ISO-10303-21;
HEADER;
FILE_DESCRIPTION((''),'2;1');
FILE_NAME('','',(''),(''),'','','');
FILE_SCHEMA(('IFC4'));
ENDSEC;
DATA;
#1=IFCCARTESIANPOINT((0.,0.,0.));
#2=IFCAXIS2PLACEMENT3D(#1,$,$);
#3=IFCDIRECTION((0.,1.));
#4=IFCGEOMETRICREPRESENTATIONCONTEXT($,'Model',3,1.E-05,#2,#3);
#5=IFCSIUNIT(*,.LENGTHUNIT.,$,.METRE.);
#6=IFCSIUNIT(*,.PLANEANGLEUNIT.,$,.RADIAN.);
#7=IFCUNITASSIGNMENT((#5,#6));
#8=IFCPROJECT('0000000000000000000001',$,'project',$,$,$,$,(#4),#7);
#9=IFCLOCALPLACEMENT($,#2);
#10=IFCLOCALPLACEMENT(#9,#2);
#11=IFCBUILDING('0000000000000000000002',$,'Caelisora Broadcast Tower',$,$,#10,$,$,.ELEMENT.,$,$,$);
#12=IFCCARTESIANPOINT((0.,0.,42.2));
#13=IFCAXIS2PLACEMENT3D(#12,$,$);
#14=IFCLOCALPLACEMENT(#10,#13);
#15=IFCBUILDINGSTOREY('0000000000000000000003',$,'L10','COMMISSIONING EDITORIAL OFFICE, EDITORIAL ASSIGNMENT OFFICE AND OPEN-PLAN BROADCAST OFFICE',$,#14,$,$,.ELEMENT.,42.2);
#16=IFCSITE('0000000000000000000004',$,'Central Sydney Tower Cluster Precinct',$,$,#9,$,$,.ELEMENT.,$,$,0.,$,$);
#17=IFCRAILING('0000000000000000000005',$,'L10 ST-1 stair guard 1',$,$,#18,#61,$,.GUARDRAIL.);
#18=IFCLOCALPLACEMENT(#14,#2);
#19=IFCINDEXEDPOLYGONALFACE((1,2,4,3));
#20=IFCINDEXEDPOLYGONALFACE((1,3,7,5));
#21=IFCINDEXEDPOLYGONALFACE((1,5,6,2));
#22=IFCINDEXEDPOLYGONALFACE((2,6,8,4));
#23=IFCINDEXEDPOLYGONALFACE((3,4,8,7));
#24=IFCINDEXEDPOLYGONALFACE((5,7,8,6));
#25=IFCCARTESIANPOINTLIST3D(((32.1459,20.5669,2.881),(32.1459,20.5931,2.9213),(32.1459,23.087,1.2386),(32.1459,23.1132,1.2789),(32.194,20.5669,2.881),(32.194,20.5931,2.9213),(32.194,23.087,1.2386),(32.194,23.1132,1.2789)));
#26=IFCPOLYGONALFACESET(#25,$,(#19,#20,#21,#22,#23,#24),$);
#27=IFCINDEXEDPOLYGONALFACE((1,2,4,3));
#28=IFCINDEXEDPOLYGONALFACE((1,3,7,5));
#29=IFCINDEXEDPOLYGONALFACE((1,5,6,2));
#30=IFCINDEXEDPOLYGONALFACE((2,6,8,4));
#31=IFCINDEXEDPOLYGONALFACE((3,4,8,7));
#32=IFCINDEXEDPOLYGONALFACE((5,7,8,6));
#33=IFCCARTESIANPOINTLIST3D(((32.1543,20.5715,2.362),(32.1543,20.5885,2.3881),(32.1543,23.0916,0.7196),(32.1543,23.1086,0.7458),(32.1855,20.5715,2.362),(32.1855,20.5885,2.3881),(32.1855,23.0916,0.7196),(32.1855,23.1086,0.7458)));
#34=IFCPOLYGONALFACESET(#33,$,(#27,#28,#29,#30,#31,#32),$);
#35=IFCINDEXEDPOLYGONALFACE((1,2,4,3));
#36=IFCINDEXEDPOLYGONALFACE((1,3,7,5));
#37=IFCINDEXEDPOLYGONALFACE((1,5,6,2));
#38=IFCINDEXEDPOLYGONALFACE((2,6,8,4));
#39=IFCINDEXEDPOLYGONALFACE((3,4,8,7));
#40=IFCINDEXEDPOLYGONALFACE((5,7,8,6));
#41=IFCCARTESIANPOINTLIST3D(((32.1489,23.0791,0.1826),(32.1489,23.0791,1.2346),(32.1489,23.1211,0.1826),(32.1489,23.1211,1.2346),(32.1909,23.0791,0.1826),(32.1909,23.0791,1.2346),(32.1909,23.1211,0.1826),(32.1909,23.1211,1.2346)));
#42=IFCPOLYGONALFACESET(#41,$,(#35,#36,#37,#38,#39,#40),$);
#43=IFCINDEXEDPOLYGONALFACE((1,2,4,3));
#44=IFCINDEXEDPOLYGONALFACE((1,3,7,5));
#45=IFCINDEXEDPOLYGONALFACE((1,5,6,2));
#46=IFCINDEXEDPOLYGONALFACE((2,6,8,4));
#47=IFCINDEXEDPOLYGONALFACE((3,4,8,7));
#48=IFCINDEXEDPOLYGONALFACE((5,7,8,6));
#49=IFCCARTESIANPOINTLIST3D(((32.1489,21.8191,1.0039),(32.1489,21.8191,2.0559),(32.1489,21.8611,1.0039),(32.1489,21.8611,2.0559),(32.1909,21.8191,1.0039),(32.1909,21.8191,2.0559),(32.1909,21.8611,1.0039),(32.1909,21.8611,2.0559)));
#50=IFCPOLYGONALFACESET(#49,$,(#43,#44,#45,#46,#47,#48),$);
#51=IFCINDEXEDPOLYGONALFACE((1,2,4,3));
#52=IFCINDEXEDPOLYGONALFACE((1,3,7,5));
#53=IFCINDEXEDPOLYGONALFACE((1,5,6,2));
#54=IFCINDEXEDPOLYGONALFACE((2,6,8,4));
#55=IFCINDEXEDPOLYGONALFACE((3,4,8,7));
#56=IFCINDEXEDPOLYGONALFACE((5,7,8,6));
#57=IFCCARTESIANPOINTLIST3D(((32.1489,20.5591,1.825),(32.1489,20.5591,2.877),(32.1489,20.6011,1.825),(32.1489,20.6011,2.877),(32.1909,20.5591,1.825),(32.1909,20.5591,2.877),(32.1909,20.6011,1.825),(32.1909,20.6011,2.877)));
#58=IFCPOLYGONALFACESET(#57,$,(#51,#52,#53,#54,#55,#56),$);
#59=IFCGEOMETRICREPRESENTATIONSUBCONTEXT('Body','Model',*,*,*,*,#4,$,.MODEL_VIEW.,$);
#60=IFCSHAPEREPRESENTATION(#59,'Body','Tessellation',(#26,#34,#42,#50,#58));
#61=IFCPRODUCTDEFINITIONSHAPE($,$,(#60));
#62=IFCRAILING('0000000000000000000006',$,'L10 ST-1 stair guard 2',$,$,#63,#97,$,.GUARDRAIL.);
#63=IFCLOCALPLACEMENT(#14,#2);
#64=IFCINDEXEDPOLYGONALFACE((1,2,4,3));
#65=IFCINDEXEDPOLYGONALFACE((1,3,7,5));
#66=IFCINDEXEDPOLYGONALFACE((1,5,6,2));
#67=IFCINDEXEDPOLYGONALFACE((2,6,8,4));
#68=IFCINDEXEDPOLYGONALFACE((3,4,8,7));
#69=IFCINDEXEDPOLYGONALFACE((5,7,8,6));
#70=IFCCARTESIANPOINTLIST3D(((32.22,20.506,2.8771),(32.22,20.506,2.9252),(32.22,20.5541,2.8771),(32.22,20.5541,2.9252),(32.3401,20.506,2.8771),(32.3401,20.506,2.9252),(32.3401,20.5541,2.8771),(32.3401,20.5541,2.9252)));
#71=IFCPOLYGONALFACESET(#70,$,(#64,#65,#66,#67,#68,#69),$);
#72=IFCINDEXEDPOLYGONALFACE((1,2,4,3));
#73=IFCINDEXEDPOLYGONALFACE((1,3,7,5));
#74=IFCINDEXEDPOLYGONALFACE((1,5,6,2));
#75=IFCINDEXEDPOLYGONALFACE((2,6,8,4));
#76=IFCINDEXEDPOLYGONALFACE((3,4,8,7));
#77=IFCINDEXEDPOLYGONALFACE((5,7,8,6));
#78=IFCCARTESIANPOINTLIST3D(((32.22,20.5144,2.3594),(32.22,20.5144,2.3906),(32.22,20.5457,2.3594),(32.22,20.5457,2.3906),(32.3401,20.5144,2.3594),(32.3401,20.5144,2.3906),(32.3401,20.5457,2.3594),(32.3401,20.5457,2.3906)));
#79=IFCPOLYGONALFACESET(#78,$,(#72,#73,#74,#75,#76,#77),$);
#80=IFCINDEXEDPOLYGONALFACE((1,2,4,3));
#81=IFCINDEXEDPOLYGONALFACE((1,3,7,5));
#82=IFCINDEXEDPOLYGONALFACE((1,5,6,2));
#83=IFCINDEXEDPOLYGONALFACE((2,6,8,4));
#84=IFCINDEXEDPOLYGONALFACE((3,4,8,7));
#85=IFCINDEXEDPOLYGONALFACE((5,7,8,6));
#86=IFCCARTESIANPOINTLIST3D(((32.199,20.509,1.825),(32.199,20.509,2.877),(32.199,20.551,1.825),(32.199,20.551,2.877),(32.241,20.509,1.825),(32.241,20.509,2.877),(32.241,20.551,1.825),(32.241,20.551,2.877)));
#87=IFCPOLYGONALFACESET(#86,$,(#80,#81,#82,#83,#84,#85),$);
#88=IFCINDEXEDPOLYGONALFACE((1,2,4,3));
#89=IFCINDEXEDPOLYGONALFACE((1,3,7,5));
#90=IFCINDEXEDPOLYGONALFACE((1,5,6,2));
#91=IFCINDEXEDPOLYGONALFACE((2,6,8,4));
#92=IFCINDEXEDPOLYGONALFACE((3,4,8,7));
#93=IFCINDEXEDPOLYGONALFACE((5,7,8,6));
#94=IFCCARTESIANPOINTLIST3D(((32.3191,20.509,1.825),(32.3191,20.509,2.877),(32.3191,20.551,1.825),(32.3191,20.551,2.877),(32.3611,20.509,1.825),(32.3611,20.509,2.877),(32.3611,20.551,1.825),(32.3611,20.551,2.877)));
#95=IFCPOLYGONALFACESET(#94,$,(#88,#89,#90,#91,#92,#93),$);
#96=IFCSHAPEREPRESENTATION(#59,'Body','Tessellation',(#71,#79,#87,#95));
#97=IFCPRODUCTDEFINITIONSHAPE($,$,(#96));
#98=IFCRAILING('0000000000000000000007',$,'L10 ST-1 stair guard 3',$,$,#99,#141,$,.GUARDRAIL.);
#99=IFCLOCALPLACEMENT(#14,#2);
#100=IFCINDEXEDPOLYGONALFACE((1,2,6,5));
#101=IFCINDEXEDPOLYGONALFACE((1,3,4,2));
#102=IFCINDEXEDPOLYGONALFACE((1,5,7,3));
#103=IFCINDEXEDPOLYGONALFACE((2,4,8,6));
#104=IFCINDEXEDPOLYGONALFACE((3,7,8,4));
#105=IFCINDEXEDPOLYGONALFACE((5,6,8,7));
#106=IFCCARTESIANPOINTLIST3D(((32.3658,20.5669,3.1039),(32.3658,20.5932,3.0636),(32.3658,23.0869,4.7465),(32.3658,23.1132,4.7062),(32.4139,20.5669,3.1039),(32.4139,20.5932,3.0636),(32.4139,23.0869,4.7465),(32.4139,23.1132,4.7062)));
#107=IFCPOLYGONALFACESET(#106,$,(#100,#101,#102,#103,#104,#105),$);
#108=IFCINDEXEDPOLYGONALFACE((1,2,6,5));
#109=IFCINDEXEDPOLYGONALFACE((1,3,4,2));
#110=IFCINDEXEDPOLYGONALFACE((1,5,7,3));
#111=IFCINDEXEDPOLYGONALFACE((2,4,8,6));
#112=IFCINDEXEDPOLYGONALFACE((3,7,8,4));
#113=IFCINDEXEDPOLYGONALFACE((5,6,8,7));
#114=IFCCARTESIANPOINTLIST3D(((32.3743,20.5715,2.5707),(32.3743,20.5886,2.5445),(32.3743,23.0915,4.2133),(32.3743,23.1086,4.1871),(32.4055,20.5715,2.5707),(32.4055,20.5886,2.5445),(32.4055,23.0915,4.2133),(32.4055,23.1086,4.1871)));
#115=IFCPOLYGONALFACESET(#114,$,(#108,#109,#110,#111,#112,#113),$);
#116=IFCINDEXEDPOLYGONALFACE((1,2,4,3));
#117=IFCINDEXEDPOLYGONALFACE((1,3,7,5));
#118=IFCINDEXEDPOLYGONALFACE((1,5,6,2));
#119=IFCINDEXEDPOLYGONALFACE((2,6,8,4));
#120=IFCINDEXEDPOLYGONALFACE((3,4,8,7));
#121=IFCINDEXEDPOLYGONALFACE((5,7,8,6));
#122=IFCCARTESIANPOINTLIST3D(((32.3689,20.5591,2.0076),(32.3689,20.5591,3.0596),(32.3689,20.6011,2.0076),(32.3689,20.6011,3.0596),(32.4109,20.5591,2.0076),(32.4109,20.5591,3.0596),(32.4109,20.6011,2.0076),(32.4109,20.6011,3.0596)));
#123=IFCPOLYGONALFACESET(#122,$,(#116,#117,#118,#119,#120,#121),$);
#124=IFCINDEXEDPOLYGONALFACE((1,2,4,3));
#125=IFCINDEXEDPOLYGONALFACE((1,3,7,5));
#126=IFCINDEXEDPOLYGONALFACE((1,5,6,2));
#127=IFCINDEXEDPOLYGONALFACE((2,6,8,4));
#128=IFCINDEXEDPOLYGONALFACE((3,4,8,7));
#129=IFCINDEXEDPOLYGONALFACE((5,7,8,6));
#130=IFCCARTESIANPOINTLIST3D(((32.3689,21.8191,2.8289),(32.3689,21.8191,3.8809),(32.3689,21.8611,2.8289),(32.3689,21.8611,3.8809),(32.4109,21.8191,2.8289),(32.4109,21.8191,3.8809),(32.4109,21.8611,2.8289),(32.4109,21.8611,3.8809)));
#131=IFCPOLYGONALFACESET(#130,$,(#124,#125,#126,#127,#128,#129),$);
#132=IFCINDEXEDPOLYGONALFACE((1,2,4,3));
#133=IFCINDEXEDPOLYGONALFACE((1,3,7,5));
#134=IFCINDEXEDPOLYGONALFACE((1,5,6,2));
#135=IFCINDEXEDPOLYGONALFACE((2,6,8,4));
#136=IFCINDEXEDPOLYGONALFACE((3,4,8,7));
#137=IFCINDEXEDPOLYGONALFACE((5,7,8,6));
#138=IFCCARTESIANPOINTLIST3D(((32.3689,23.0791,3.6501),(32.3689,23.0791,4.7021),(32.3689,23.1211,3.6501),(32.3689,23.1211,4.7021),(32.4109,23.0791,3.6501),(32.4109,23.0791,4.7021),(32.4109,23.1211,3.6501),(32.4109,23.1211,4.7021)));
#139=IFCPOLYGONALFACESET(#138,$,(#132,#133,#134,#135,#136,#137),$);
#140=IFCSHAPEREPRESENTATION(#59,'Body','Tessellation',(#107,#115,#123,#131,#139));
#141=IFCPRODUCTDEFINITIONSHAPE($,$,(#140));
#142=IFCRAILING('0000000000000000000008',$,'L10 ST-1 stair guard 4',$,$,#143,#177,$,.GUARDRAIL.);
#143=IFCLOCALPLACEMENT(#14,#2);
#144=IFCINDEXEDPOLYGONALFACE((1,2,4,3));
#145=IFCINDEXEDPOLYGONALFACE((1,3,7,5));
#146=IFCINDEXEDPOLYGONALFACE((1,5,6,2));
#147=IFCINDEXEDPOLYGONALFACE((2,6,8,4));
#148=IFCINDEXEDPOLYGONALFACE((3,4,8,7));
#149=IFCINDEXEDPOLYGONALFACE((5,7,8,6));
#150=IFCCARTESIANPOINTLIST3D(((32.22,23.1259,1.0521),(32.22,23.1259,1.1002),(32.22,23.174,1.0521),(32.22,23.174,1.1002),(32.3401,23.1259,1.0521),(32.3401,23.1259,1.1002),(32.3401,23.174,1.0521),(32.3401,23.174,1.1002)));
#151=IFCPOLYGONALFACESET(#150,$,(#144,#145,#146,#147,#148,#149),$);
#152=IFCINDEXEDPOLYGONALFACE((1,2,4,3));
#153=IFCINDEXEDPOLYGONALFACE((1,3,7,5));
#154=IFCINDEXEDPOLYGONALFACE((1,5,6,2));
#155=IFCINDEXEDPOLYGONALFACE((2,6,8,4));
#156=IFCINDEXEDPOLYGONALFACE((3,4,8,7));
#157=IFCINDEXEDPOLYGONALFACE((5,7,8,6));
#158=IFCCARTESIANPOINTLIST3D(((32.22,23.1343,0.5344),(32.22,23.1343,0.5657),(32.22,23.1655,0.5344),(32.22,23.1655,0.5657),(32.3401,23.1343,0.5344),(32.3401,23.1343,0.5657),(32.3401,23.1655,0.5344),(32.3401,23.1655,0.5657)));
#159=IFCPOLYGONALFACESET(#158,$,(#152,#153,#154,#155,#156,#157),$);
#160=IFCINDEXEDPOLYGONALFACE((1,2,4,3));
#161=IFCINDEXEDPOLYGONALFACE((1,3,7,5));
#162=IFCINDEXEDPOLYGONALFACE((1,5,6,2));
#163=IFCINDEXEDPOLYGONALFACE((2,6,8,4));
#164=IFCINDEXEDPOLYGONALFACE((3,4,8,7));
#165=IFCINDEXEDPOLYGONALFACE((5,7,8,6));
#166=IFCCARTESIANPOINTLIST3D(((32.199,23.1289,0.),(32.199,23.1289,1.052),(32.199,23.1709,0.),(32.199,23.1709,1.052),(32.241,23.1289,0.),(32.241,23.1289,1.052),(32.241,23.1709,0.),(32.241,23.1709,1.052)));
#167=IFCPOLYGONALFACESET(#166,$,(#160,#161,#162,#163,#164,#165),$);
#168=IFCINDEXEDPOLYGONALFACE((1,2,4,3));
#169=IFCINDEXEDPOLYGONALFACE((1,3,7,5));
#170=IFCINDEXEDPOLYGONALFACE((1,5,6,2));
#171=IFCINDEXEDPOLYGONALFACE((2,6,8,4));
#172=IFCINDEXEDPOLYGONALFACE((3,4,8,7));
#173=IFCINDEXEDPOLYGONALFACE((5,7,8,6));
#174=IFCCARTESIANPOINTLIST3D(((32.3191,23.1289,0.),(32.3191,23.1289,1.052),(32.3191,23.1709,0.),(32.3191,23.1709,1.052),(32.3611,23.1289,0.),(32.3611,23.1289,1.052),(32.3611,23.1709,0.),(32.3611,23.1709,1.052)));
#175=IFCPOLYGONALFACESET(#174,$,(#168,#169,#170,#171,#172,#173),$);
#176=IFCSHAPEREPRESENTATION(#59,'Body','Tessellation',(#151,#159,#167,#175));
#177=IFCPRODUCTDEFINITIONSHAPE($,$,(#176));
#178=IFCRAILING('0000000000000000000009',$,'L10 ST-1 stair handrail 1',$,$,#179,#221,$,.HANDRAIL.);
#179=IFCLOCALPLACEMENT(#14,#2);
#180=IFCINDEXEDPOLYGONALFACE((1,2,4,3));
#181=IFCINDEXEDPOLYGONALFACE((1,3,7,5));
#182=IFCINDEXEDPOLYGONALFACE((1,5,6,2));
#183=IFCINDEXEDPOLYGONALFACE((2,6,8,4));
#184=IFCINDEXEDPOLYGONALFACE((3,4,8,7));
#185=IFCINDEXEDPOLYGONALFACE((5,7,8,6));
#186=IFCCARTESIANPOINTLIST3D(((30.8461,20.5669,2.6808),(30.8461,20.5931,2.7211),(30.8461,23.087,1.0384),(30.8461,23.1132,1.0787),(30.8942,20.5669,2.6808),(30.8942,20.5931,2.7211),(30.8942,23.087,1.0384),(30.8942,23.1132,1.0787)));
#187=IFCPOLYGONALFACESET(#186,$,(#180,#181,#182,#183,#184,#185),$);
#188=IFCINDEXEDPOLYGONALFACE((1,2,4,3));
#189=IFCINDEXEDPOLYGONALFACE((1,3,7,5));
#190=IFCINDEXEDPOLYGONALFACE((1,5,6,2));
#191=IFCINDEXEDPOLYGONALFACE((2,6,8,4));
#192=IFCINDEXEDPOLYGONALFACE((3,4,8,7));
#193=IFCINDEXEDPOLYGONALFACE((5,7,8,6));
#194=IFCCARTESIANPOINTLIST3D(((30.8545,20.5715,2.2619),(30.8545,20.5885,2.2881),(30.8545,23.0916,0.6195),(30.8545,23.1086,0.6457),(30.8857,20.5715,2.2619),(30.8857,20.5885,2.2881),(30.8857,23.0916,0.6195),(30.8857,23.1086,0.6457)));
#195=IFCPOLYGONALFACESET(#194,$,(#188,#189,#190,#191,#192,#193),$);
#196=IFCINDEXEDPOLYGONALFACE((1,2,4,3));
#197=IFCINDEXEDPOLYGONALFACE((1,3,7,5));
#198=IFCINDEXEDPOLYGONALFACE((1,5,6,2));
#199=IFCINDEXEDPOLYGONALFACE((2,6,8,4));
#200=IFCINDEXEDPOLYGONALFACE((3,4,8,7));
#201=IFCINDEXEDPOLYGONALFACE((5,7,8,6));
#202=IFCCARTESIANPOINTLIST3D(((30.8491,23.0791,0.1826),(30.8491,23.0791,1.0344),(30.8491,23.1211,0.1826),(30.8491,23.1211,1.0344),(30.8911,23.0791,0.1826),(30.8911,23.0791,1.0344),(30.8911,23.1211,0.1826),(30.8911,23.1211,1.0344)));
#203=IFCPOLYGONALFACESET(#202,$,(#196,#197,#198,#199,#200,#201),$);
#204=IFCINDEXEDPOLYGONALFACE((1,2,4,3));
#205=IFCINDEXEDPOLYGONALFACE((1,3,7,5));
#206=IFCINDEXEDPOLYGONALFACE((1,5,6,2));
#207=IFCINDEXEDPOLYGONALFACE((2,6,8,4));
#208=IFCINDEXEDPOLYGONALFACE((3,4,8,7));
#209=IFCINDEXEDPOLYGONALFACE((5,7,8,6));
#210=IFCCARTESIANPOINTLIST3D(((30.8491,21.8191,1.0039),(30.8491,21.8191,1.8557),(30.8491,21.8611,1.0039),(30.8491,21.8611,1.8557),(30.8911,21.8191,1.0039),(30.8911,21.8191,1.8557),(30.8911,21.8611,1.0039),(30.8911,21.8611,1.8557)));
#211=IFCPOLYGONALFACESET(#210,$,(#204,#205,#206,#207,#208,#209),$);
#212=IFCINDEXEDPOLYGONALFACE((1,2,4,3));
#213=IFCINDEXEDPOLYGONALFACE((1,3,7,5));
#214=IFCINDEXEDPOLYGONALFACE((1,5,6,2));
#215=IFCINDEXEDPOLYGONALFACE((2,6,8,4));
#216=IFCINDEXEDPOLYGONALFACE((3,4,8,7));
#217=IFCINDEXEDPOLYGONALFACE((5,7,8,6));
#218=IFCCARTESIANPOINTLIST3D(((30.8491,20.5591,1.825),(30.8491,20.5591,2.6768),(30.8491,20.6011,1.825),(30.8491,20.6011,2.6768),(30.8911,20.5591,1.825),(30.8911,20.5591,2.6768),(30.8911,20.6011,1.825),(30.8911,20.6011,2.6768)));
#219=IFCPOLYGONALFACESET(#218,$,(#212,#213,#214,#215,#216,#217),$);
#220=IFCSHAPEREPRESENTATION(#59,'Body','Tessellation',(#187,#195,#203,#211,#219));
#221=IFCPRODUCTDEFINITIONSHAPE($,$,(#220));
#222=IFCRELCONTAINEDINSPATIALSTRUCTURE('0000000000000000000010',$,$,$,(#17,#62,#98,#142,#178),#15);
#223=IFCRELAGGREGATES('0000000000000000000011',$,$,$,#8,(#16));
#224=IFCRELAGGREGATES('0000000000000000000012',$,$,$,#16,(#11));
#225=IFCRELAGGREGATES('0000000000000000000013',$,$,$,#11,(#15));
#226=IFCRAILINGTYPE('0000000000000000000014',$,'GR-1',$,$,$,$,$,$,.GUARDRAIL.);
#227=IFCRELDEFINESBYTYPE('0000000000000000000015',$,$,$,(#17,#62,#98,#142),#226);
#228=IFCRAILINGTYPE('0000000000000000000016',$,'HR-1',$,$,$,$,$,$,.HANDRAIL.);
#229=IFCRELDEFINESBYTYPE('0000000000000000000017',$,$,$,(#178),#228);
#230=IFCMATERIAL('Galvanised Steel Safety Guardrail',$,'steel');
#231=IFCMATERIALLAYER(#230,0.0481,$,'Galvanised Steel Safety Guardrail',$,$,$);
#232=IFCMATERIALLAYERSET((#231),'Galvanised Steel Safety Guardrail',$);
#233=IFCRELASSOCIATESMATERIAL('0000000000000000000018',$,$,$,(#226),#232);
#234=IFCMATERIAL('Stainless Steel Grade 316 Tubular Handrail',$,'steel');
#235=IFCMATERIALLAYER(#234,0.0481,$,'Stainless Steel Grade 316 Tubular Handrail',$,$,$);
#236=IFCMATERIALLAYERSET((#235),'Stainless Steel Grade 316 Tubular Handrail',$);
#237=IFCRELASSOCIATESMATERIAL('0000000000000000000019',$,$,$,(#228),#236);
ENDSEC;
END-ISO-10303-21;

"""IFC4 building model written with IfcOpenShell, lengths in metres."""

from ifc_helpers import new_model, si_unit, direction, frame, origin, origin_2d, place, context, subcontext, project, spatial, rectangle, extrude, material, layer, layer_set, type_object, element, save


model = new_model("IFC4")

# Units and contexts
model_context = context("Model", 3, precision=1e-05, world=origin(), true_north=direction((0.0, 1.0)))
body_context = subcontext(model_context, "Body", "Model", "MODEL_VIEW")
ifc_project = project(units=[si_unit("LENGTHUNIT", "METRE"), si_unit("PLANEANGLEUNIT", "RADIAN")], contexts=[model_context])

# Site, building, storey
site_placement = place(None, origin())
site = spatial("IfcSite", under=ifc_project, at=site_placement, Name="Central Sydney Tower Cluster Precinct", CompositionType="ELEMENT", RefElevation=0.0)
building_placement = place(site_placement, origin())
building = spatial("IfcBuilding", under=site, at=building_placement, Name="Caelisora Broadcast Tower", CompositionType="ELEMENT")
storey_placement = place(building_placement, frame((0.0, 0.0, 42.2)))
storey = spatial("IfcBuildingStorey", under=building, at=storey_placement, Name="L10", Description="COMMISSIONING EDITORIAL OFFICE, EDITORIAL ASSIGNMENT OFFICE AND OPEN-PLAN BROADCAST OFFICE", CompositionType="ELEMENT", Elevation=42.2)

# Railings
ifc_material_1 = material(Name="Galvanised Steel Safety Guardrail", Category="steel")
ifc_layer_1 = layer(ifc_material_1, 0.0481, Name="Galvanised Steel Safety Guardrail")
ifc_layer_set_1 = layer_set([ifc_layer_1], Name="Galvanised Steel Safety Guardrail")
railing_type_1 = type_object("IfcRailingType", Name="GR-1", PredefinedType="GUARDRAIL", material=ifc_layer_set_1)
railing_1_placement = place(storey_placement, frame((32.1699, 23.1001, 0.1826)))
element("IfcRailing", 1, at=railing_1_placement, inside=storey, type_object=railing_type_1, Name="L10 ST-1 stair guard 1", PredefinedType="GUARDRAIL", context=body_context, shape_type="SweptSolid", body=[
    extrude(rectangle(XDim=0.0481, YDim=0.0481, at=origin_2d()), frame((0.0, 0.0, 1.0762), z_axis=(0.0, -0.837787, 0.545998), x_axis=(1.0, 0.0, 0.0)), (0.0, 0.0, 1.0), 3.0081),
    extrude(rectangle(XDim=0.0312, YDim=0.0312, at=origin_2d()), frame((0.0, 0.0, 0.55), z_axis=(0.0, -0.837787, 0.545998), x_axis=(1.0, 0.0, 0.0)), (0.0, 0.0, 1.0), 3.0081),
    extrude(rectangle(XDim=0.042, YDim=0.042, at=origin_2d()), origin(), (0.0, 0.0, 1.0), 1.052),
    extrude(rectangle(XDim=0.042, YDim=0.042, at=origin_2d()), frame((0.0, -1.26, 0.8213)), (0.0, 0.0, 1.0), 1.052),
    extrude(rectangle(XDim=0.042, YDim=0.042, at=origin_2d()), frame((0.0, -2.52, 1.6423)), (0.0, 0.0, 1.0), 1.052),
])
railing_2_placement = place(storey_placement, frame((32.22, 20.53, 1.825)))
element("IfcRailing", 2, at=railing_2_placement, inside=storey, type_object=railing_type_1, Name="L10 ST-1 stair guard 2", PredefinedType="GUARDRAIL", context=body_context, shape_type="SweptSolid", body=[
    extrude(rectangle(XDim=0.0481, YDim=0.0481, at=origin_2d()), frame((0.0, 0.0, 1.0762), z_axis=(1.0, 0.0, 0.0), x_axis=(0.0, 1.0, 0.0)), (0.0, 0.0, 1.0), 0.1201),
    extrude(rectangle(XDim=0.0312, YDim=0.0312, at=origin_2d()), frame((0.0, 0.0, 0.55), z_axis=(1.0, 0.0, 0.0), x_axis=(0.0, 1.0, 0.0)), (0.0, 0.0, 1.0), 0.1201),
    extrude(rectangle(XDim=0.042, YDim=0.042, at=origin_2d()), origin(), (0.0, 0.0, 1.0), 1.052),
    extrude(rectangle(XDim=0.042, YDim=0.042, at=origin_2d()), frame((0.1201, 0.0, 0.0)), (0.0, 0.0, 1.0), 1.052),
])
railing_3_placement = place(storey_placement, frame((32.3899, 20.5801, 2.0076)))
element("IfcRailing", 3, at=railing_3_placement, inside=storey, type_object=railing_type_1, Name="L10 ST-1 stair guard 3", PredefinedType="GUARDRAIL", context=body_context, shape_type="SweptSolid", body=[
    extrude(rectangle(XDim=0.0481, YDim=0.0481, at=origin_2d()), frame((0.0, 0.0, 1.0762), z_axis=(0.0, 0.837749, 0.546055), x_axis=(-1.0, 0.0, 0.0)), (0.0, 0.0, 1.0), 3.0081),
    extrude(rectangle(XDim=0.0312, YDim=0.0312, at=origin_2d()), frame((0.0, 0.0, 0.55), z_axis=(0.0, 0.837749, 0.546055), x_axis=(-1.0, 0.0, 0.0)), (0.0, 0.0, 1.0), 3.0081),
    extrude(rectangle(XDim=0.042, YDim=0.042, at=origin_2d()), origin(), (0.0, 0.0, 1.0), 1.052),
    extrude(rectangle(XDim=0.042, YDim=0.042, at=origin_2d()), frame((0.0, 1.26, 0.8213)), (0.0, 0.0, 1.0), 1.052),
    extrude(rectangle(XDim=0.042, YDim=0.042, at=origin_2d()), frame((0.0, 2.52, 1.6426)), (0.0, 0.0, 1.0), 1.052),
])
railing_4_placement = place(storey_placement, frame((32.22, 23.1499, 0.0)))
element("IfcRailing", 4, at=railing_4_placement, inside=storey, type_object=railing_type_1, Name="L10 ST-1 stair guard 4", PredefinedType="GUARDRAIL", context=body_context, shape_type="SweptSolid", body=[
    extrude(rectangle(XDim=0.0481, YDim=0.0481, at=origin_2d()), frame((0.0, 0.0, 1.0762), z_axis=(1.0, 0.0, 0.0), x_axis=(0.0, 1.0, 0.0)), (0.0, 0.0, 1.0), 0.1201),
    extrude(rectangle(XDim=0.0312, YDim=0.0312, at=origin_2d()), frame((0.0, 0.0, 0.55), z_axis=(1.0, 0.0, 0.0), x_axis=(0.0, 1.0, 0.0)), (0.0, 0.0, 1.0), 0.1201),
    extrude(rectangle(XDim=0.042, YDim=0.042, at=origin_2d()), origin(), (0.0, 0.0, 1.0), 1.052),
    extrude(rectangle(XDim=0.042, YDim=0.042, at=origin_2d()), frame((0.1201, 0.0, 0.0)), (0.0, 0.0, 1.0), 1.052),
])
ifc_material_2 = material(Name="Stainless Steel Grade 316 Tubular Handrail", Category="steel")
ifc_layer_2 = layer(ifc_material_2, 0.0481, Name="Stainless Steel Grade 316 Tubular Handrail")
ifc_layer_set_2 = layer_set([ifc_layer_2], Name="Stainless Steel Grade 316 Tubular Handrail")
railing_type_2 = type_object("IfcRailingType", Name="HR-1", PredefinedType="HANDRAIL", material=ifc_layer_set_2)
railing_5_placement = place(storey_placement, frame((30.8701, 23.1001, 0.1826)))
element("IfcRailing", 5, at=railing_5_placement, inside=storey, type_object=railing_type_2, Name="L10 ST-1 stair handrail 1", PredefinedType="HANDRAIL", context=body_context, shape_type="SweptSolid", body=[
    extrude(rectangle(XDim=0.0481, YDim=0.0481, at=origin_2d()), frame((0.0, 0.0, 0.876), z_axis=(0.0, -0.837787, 0.545998), x_axis=(1.0, 0.0, 0.0)), (0.0, 0.0, 1.0), 3.0081),
    extrude(rectangle(XDim=0.0312, YDim=0.0312, at=origin_2d()), frame((0.0, 0.0, 0.45), z_axis=(0.0, -0.837787, 0.545998), x_axis=(1.0, 0.0, 0.0)), (0.0, 0.0, 1.0), 3.0081),
    extrude(rectangle(XDim=0.042, YDim=0.042, at=origin_2d()), origin(), (0.0, 0.0, 1.0), 0.8518),
    extrude(rectangle(XDim=0.042, YDim=0.042, at=origin_2d()), frame((0.0, -1.26, 0.8213)), (0.0, 0.0, 1.0), 0.8518),
    extrude(rectangle(XDim=0.042, YDim=0.042, at=origin_2d()), frame((0.0, -2.52, 1.6423)), (0.0, 0.0, 1.0), 0.8518),
])

save(model, "model.ifc")
